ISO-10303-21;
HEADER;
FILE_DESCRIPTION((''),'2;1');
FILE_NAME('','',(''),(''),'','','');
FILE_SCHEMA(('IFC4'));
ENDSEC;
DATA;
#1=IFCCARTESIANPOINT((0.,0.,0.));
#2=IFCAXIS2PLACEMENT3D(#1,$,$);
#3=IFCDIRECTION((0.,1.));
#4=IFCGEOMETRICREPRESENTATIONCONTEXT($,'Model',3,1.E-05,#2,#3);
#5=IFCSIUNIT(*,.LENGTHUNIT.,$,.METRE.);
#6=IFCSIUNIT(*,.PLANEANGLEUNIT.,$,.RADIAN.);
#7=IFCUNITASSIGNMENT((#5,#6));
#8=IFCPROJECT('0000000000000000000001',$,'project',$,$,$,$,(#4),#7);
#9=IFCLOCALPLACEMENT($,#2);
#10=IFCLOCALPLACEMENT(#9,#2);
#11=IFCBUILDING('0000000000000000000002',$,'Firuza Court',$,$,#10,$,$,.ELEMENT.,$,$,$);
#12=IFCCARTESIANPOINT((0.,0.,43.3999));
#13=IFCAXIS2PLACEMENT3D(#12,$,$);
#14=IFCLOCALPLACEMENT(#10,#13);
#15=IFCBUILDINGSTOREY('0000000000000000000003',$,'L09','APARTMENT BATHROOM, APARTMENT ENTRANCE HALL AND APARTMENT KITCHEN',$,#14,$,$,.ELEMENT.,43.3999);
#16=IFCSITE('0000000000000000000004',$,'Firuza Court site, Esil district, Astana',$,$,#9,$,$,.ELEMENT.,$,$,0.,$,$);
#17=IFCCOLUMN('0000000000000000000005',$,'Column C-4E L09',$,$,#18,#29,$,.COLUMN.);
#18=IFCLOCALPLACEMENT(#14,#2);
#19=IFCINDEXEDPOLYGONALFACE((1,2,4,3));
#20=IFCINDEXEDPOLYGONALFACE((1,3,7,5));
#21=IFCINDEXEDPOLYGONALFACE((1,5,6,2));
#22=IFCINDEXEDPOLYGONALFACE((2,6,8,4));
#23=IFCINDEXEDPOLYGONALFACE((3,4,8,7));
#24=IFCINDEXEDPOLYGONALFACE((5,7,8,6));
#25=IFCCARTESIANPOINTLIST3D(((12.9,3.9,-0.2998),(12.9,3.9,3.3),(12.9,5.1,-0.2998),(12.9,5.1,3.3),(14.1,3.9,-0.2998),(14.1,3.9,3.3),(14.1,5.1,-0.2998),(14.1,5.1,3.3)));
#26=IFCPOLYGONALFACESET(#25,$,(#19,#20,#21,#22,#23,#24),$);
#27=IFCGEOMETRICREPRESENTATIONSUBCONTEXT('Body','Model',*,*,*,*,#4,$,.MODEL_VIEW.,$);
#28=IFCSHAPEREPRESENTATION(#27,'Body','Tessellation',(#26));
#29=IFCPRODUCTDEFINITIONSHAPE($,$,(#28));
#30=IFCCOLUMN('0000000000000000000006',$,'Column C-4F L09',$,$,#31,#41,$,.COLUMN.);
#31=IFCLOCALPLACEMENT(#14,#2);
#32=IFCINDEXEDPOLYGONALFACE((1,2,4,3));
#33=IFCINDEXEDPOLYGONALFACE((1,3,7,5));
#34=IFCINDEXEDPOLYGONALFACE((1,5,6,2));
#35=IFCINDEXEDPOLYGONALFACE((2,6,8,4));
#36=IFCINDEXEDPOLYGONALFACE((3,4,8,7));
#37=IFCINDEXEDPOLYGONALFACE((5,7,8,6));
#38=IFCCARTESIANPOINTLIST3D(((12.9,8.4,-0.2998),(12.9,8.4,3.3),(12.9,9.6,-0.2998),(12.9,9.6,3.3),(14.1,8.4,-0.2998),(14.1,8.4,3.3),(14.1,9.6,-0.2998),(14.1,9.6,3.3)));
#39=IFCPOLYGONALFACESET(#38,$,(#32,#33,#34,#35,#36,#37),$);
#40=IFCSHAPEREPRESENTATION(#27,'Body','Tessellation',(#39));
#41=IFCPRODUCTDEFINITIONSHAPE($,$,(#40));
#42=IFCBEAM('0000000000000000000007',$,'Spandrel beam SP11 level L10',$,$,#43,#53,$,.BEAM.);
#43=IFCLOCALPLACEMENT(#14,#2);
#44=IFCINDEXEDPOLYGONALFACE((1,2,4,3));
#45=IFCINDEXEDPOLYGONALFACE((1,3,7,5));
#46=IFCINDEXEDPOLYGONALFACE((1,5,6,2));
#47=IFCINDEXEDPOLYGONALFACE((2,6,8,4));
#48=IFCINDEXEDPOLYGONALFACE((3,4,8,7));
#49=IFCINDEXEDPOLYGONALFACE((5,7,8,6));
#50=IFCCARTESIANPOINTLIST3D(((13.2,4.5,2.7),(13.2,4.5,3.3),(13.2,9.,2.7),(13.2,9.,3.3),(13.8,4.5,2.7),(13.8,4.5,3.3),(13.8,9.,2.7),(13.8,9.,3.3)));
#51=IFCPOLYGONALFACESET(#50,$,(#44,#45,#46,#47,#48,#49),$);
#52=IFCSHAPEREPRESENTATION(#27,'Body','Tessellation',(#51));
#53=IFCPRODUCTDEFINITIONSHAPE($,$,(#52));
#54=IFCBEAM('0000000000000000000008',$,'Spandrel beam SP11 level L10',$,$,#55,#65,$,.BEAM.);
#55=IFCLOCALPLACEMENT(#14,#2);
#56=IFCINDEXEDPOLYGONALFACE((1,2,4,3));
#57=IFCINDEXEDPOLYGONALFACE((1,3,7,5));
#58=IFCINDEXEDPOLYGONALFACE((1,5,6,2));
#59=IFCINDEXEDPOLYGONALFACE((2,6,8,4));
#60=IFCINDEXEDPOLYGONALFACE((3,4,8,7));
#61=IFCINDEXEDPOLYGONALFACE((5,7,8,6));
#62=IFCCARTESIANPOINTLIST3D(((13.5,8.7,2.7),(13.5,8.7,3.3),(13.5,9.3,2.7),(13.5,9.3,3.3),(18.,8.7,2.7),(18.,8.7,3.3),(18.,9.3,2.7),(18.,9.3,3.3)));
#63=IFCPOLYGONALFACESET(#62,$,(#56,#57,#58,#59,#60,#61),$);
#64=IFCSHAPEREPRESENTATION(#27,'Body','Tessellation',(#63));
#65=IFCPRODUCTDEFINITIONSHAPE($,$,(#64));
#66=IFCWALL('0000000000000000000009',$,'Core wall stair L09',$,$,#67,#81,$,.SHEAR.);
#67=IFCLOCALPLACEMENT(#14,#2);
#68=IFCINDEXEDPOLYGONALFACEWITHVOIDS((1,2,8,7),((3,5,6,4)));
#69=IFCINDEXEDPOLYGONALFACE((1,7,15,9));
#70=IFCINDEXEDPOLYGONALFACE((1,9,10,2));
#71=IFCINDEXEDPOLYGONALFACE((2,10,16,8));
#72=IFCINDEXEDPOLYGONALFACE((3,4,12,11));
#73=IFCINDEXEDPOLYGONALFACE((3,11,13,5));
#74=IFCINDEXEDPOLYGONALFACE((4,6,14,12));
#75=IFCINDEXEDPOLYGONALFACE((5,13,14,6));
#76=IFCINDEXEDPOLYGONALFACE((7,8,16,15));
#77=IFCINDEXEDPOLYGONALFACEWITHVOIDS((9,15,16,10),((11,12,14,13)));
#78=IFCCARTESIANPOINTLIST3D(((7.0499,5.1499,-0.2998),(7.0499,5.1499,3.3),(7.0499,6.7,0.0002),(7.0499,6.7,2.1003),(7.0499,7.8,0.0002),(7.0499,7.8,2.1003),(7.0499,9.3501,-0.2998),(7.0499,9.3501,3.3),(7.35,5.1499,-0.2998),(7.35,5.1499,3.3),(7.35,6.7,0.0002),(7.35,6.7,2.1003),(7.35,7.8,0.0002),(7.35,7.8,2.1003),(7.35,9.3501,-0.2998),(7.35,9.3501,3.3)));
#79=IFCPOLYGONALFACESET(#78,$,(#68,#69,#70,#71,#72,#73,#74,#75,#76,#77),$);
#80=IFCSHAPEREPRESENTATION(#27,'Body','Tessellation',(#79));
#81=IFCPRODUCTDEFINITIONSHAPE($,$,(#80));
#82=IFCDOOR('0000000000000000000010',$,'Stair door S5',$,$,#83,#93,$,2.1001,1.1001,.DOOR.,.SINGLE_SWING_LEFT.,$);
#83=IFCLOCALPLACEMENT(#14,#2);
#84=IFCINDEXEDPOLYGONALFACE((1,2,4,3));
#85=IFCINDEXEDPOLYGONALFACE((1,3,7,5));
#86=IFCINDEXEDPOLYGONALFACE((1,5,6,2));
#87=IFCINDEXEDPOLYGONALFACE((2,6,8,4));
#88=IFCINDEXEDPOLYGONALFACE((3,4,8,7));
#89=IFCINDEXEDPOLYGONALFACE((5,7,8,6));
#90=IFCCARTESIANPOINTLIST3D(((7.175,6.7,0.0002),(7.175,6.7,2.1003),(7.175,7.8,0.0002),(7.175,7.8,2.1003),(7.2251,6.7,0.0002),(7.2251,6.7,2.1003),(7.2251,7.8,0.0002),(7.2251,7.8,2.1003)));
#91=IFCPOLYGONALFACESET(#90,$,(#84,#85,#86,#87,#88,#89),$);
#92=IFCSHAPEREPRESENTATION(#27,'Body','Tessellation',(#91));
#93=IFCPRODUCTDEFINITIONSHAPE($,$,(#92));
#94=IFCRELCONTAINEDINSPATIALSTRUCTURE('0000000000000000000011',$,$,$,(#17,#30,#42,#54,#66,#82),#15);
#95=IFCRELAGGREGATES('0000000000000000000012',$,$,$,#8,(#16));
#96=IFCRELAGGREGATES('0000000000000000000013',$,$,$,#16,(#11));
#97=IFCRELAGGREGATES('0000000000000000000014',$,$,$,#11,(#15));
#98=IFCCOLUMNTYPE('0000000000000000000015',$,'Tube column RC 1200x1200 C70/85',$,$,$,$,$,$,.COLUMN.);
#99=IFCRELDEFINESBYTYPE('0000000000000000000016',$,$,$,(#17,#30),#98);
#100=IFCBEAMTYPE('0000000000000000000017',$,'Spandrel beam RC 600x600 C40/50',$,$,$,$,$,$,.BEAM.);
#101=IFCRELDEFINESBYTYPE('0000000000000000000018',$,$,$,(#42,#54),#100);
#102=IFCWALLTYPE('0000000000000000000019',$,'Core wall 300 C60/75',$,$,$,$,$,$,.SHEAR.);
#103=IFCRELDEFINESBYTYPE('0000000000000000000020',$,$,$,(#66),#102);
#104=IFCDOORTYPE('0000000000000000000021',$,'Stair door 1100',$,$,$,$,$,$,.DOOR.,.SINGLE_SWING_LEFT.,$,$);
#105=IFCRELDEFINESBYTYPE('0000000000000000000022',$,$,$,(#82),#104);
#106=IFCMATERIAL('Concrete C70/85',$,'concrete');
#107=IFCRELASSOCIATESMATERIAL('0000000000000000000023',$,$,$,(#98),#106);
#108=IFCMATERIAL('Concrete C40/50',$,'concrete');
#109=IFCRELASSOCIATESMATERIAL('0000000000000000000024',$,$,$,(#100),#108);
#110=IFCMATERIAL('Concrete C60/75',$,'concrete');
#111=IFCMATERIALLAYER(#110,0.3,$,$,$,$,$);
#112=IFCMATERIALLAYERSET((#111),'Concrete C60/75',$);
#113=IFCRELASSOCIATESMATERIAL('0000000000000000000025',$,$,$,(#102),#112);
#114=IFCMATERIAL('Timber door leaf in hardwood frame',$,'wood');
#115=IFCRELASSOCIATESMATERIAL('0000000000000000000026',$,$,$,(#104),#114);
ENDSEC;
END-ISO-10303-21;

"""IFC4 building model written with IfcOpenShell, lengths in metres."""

from ifc_helpers import new_model, si_unit, direction, frame, frame_2d, origin, origin_2d, place, context, subcontext, project, spatial, rectangle, extrude, material, layer, layer_set, material_profile, profile_set, type_object, element, fill, save


model = new_model("IFC4")

# Units and contexts
model_context = context("Model", 3, precision=1e-05, world=origin(), true_north=direction((0.0, 1.0)))
body_context = subcontext(model_context, "Body", "Model", "MODEL_VIEW")
ifc_project = project(units=[si_unit("LENGTHUNIT", "METRE"), si_unit("PLANEANGLEUNIT", "RADIAN")], contexts=[model_context])

# Site, building, storey
site_placement = place(None, origin())
site = spatial("IfcSite", under=ifc_project, at=site_placement, Name="Firuza Court site, Esil district, Astana", CompositionType="ELEMENT", RefElevation=0.0)
building_placement = place(site_placement, origin())
building = spatial("IfcBuilding", under=site, at=building_placement, Name="Firuza Court", CompositionType="ELEMENT")
storey_placement = place(building_placement, frame((0.0, 0.0, 43.3999)))
storey = spatial("IfcBuildingStorey", under=building, at=storey_placement, Name="L09", Description="APARTMENT BATHROOM, APARTMENT ENTRANCE HALL AND APARTMENT KITCHEN", CompositionType="ELEMENT", Elevation=43.3999)

# Columns
ifc_material_1 = material(Name="Concrete C70/85", Category="concrete")
ifc_material_profile_1 = material_profile(ifc_material_1, rectangle(XDim=1.2, YDim=1.2, at=origin_2d()), Name="RC 1200x1200")
ifc_profile_set_1 = profile_set([ifc_material_profile_1], Name="Concrete C70/85")
column_type = type_object("IfcColumnType", Name="Tube column RC 1200x1200 C70/85", PredefinedType="COLUMN", material=ifc_profile_set_1)
for number, where, z_axis, x_axis, name in (
    (1, (13.5, 4.5, -0.2998), (0.0, 0.0, 1.0), (1.0, 0.0, 0.0), "Column C-4E L09"),
    (2, (13.5, 9.0, -0.2998), (0.0, 0.0, 1.0), (1.0, 0.0, 0.0), "Column C-4F L09"),
):
    element("IfcColumn", number, at=place(storey_placement, frame(where, z_axis=z_axis, x_axis=x_axis)), inside=storey, type_object=column_type, Name=name, PredefinedType="COLUMN", context=body_context, shape_type="SweptSolid", body=[
        extrude(rectangle(XDim=1.2, YDim=1.2, at=origin_2d()), origin(), (0.0, 0.0, 1.0), 3.5999),
    ])

# Beams
ifc_material_2 = material(Name="Concrete C40/50", Category="concrete")
ifc_material_profile_2 = material_profile(ifc_material_2, rectangle(XDim=0.6001, YDim=0.6001, at=origin_2d()), Name="RC 600x600")
ifc_profile_set_2 = profile_set([ifc_material_profile_2], Name="Concrete C40/50")
beam_type = type_object("IfcBeamType", Name="Spandrel beam RC 600x600 C40/50", PredefinedType="BEAM", material=ifc_profile_set_2)
for number, where, z_axis, x_axis, name in (
    (3, (13.5, 4.5, 3.0), (0.0, 1.0, 0.0), (-1.0, 0.0, 0.0), "Spandrel beam SP11 level L10"),
    (4, (13.5, 9.0, 3.0), (1.0, 0.0, 0.0), (0.0, 1.0, 0.0), "Spandrel beam SP11 level L10"),
):
    element("IfcBeam", number, at=place(storey_placement, frame(where, z_axis=z_axis, x_axis=x_axis)), inside=storey, type_object=beam_type, Name=name, PredefinedType="BEAM", context=body_context, shape_type="SweptSolid", body=[
        extrude(rectangle(XDim=0.6001, YDim=0.6001, at=origin_2d()), origin(), (0.0, 0.0, 1.0), 4.5),
    ])

# Wall, opening, door
ifc_material_3 = material(Name="Concrete C60/75", Category="concrete")
ifc_layer_1 = layer(ifc_material_3, 0.3)
ifc_layer_set_1 = layer_set([ifc_layer_1], Name="Concrete C60/75")
wall_type_1 = type_object("IfcWallType", Name="Core wall 300 C60/75", PredefinedType="SHEAR", material=ifc_layer_set_1)
wall_1_placement = place(storey_placement, frame((7.2, 5.1499, -0.2998), z_axis=(0.0, 0.0, 1.0), x_axis=(0.0, 1.0, 0.0)))
wall_1 = element("IfcWall", 5, at=wall_1_placement, inside=storey, type_object=wall_type_1, Name="Core wall stair L09", PredefinedType="SHEAR", context=body_context, shape_type="SweptSolid", body=[
    extrude(rectangle(XDim=4.2002, YDim=0.3, at=frame_2d((2.1001, 0.0))), origin(), (0.0, 0.0, 1.0), 3.5999),
])
opening_1_placement = place(wall_1_placement, frame((1.55, 0.0, 0.3)))
opening_1 = element("IfcOpeningElement", 6, at=opening_1_placement, cuts=wall_1, PredefinedType="OPENING", context=body_context, shape_type="SweptSolid", body=[
    extrude(rectangle(XDim=1.1001, YDim=2.1001, at=frame_2d((0.55, 1.05))), frame((0.0, 0.1621, 0.0), z_axis=(0.0, -1.0, 0.0), x_axis=(1.0, 0.0, 0.0)), (0.0, 0.0, 1.0), 0.324),
])
ifc_material_4 = material(Name="Timber door leaf in hardwood frame", Category="wood")
door_type_1 = type_object("IfcDoorType", Name="Stair door 1100", OperationType="SINGLE_SWING_LEFT", PredefinedType="DOOR", material=ifc_material_4)
door_1_placement = place(opening_1_placement, origin())
door_1 = element("IfcDoor", 7, at=door_1_placement, inside=storey, type_object=door_type_1, Name="Stair door S5", OperationType="SINGLE_SWING_LEFT", OverallHeight=2.1001, OverallWidth=1.1001, PredefinedType="DOOR", context=body_context, shape_type="SweptSolid", body=[
    extrude(rectangle(XDim=1.1001, YDim=2.1001, at=frame_2d((0.55, 1.05))), frame((0.0, 0.0249, 0.0), z_axis=(0.0, -1.0, 0.0), x_axis=(1.0, 0.0, 0.0)), (0.0, 0.0, 1.0), 0.05),
])
fill(opening_1, door_1)

save(model, "model.ifc")
